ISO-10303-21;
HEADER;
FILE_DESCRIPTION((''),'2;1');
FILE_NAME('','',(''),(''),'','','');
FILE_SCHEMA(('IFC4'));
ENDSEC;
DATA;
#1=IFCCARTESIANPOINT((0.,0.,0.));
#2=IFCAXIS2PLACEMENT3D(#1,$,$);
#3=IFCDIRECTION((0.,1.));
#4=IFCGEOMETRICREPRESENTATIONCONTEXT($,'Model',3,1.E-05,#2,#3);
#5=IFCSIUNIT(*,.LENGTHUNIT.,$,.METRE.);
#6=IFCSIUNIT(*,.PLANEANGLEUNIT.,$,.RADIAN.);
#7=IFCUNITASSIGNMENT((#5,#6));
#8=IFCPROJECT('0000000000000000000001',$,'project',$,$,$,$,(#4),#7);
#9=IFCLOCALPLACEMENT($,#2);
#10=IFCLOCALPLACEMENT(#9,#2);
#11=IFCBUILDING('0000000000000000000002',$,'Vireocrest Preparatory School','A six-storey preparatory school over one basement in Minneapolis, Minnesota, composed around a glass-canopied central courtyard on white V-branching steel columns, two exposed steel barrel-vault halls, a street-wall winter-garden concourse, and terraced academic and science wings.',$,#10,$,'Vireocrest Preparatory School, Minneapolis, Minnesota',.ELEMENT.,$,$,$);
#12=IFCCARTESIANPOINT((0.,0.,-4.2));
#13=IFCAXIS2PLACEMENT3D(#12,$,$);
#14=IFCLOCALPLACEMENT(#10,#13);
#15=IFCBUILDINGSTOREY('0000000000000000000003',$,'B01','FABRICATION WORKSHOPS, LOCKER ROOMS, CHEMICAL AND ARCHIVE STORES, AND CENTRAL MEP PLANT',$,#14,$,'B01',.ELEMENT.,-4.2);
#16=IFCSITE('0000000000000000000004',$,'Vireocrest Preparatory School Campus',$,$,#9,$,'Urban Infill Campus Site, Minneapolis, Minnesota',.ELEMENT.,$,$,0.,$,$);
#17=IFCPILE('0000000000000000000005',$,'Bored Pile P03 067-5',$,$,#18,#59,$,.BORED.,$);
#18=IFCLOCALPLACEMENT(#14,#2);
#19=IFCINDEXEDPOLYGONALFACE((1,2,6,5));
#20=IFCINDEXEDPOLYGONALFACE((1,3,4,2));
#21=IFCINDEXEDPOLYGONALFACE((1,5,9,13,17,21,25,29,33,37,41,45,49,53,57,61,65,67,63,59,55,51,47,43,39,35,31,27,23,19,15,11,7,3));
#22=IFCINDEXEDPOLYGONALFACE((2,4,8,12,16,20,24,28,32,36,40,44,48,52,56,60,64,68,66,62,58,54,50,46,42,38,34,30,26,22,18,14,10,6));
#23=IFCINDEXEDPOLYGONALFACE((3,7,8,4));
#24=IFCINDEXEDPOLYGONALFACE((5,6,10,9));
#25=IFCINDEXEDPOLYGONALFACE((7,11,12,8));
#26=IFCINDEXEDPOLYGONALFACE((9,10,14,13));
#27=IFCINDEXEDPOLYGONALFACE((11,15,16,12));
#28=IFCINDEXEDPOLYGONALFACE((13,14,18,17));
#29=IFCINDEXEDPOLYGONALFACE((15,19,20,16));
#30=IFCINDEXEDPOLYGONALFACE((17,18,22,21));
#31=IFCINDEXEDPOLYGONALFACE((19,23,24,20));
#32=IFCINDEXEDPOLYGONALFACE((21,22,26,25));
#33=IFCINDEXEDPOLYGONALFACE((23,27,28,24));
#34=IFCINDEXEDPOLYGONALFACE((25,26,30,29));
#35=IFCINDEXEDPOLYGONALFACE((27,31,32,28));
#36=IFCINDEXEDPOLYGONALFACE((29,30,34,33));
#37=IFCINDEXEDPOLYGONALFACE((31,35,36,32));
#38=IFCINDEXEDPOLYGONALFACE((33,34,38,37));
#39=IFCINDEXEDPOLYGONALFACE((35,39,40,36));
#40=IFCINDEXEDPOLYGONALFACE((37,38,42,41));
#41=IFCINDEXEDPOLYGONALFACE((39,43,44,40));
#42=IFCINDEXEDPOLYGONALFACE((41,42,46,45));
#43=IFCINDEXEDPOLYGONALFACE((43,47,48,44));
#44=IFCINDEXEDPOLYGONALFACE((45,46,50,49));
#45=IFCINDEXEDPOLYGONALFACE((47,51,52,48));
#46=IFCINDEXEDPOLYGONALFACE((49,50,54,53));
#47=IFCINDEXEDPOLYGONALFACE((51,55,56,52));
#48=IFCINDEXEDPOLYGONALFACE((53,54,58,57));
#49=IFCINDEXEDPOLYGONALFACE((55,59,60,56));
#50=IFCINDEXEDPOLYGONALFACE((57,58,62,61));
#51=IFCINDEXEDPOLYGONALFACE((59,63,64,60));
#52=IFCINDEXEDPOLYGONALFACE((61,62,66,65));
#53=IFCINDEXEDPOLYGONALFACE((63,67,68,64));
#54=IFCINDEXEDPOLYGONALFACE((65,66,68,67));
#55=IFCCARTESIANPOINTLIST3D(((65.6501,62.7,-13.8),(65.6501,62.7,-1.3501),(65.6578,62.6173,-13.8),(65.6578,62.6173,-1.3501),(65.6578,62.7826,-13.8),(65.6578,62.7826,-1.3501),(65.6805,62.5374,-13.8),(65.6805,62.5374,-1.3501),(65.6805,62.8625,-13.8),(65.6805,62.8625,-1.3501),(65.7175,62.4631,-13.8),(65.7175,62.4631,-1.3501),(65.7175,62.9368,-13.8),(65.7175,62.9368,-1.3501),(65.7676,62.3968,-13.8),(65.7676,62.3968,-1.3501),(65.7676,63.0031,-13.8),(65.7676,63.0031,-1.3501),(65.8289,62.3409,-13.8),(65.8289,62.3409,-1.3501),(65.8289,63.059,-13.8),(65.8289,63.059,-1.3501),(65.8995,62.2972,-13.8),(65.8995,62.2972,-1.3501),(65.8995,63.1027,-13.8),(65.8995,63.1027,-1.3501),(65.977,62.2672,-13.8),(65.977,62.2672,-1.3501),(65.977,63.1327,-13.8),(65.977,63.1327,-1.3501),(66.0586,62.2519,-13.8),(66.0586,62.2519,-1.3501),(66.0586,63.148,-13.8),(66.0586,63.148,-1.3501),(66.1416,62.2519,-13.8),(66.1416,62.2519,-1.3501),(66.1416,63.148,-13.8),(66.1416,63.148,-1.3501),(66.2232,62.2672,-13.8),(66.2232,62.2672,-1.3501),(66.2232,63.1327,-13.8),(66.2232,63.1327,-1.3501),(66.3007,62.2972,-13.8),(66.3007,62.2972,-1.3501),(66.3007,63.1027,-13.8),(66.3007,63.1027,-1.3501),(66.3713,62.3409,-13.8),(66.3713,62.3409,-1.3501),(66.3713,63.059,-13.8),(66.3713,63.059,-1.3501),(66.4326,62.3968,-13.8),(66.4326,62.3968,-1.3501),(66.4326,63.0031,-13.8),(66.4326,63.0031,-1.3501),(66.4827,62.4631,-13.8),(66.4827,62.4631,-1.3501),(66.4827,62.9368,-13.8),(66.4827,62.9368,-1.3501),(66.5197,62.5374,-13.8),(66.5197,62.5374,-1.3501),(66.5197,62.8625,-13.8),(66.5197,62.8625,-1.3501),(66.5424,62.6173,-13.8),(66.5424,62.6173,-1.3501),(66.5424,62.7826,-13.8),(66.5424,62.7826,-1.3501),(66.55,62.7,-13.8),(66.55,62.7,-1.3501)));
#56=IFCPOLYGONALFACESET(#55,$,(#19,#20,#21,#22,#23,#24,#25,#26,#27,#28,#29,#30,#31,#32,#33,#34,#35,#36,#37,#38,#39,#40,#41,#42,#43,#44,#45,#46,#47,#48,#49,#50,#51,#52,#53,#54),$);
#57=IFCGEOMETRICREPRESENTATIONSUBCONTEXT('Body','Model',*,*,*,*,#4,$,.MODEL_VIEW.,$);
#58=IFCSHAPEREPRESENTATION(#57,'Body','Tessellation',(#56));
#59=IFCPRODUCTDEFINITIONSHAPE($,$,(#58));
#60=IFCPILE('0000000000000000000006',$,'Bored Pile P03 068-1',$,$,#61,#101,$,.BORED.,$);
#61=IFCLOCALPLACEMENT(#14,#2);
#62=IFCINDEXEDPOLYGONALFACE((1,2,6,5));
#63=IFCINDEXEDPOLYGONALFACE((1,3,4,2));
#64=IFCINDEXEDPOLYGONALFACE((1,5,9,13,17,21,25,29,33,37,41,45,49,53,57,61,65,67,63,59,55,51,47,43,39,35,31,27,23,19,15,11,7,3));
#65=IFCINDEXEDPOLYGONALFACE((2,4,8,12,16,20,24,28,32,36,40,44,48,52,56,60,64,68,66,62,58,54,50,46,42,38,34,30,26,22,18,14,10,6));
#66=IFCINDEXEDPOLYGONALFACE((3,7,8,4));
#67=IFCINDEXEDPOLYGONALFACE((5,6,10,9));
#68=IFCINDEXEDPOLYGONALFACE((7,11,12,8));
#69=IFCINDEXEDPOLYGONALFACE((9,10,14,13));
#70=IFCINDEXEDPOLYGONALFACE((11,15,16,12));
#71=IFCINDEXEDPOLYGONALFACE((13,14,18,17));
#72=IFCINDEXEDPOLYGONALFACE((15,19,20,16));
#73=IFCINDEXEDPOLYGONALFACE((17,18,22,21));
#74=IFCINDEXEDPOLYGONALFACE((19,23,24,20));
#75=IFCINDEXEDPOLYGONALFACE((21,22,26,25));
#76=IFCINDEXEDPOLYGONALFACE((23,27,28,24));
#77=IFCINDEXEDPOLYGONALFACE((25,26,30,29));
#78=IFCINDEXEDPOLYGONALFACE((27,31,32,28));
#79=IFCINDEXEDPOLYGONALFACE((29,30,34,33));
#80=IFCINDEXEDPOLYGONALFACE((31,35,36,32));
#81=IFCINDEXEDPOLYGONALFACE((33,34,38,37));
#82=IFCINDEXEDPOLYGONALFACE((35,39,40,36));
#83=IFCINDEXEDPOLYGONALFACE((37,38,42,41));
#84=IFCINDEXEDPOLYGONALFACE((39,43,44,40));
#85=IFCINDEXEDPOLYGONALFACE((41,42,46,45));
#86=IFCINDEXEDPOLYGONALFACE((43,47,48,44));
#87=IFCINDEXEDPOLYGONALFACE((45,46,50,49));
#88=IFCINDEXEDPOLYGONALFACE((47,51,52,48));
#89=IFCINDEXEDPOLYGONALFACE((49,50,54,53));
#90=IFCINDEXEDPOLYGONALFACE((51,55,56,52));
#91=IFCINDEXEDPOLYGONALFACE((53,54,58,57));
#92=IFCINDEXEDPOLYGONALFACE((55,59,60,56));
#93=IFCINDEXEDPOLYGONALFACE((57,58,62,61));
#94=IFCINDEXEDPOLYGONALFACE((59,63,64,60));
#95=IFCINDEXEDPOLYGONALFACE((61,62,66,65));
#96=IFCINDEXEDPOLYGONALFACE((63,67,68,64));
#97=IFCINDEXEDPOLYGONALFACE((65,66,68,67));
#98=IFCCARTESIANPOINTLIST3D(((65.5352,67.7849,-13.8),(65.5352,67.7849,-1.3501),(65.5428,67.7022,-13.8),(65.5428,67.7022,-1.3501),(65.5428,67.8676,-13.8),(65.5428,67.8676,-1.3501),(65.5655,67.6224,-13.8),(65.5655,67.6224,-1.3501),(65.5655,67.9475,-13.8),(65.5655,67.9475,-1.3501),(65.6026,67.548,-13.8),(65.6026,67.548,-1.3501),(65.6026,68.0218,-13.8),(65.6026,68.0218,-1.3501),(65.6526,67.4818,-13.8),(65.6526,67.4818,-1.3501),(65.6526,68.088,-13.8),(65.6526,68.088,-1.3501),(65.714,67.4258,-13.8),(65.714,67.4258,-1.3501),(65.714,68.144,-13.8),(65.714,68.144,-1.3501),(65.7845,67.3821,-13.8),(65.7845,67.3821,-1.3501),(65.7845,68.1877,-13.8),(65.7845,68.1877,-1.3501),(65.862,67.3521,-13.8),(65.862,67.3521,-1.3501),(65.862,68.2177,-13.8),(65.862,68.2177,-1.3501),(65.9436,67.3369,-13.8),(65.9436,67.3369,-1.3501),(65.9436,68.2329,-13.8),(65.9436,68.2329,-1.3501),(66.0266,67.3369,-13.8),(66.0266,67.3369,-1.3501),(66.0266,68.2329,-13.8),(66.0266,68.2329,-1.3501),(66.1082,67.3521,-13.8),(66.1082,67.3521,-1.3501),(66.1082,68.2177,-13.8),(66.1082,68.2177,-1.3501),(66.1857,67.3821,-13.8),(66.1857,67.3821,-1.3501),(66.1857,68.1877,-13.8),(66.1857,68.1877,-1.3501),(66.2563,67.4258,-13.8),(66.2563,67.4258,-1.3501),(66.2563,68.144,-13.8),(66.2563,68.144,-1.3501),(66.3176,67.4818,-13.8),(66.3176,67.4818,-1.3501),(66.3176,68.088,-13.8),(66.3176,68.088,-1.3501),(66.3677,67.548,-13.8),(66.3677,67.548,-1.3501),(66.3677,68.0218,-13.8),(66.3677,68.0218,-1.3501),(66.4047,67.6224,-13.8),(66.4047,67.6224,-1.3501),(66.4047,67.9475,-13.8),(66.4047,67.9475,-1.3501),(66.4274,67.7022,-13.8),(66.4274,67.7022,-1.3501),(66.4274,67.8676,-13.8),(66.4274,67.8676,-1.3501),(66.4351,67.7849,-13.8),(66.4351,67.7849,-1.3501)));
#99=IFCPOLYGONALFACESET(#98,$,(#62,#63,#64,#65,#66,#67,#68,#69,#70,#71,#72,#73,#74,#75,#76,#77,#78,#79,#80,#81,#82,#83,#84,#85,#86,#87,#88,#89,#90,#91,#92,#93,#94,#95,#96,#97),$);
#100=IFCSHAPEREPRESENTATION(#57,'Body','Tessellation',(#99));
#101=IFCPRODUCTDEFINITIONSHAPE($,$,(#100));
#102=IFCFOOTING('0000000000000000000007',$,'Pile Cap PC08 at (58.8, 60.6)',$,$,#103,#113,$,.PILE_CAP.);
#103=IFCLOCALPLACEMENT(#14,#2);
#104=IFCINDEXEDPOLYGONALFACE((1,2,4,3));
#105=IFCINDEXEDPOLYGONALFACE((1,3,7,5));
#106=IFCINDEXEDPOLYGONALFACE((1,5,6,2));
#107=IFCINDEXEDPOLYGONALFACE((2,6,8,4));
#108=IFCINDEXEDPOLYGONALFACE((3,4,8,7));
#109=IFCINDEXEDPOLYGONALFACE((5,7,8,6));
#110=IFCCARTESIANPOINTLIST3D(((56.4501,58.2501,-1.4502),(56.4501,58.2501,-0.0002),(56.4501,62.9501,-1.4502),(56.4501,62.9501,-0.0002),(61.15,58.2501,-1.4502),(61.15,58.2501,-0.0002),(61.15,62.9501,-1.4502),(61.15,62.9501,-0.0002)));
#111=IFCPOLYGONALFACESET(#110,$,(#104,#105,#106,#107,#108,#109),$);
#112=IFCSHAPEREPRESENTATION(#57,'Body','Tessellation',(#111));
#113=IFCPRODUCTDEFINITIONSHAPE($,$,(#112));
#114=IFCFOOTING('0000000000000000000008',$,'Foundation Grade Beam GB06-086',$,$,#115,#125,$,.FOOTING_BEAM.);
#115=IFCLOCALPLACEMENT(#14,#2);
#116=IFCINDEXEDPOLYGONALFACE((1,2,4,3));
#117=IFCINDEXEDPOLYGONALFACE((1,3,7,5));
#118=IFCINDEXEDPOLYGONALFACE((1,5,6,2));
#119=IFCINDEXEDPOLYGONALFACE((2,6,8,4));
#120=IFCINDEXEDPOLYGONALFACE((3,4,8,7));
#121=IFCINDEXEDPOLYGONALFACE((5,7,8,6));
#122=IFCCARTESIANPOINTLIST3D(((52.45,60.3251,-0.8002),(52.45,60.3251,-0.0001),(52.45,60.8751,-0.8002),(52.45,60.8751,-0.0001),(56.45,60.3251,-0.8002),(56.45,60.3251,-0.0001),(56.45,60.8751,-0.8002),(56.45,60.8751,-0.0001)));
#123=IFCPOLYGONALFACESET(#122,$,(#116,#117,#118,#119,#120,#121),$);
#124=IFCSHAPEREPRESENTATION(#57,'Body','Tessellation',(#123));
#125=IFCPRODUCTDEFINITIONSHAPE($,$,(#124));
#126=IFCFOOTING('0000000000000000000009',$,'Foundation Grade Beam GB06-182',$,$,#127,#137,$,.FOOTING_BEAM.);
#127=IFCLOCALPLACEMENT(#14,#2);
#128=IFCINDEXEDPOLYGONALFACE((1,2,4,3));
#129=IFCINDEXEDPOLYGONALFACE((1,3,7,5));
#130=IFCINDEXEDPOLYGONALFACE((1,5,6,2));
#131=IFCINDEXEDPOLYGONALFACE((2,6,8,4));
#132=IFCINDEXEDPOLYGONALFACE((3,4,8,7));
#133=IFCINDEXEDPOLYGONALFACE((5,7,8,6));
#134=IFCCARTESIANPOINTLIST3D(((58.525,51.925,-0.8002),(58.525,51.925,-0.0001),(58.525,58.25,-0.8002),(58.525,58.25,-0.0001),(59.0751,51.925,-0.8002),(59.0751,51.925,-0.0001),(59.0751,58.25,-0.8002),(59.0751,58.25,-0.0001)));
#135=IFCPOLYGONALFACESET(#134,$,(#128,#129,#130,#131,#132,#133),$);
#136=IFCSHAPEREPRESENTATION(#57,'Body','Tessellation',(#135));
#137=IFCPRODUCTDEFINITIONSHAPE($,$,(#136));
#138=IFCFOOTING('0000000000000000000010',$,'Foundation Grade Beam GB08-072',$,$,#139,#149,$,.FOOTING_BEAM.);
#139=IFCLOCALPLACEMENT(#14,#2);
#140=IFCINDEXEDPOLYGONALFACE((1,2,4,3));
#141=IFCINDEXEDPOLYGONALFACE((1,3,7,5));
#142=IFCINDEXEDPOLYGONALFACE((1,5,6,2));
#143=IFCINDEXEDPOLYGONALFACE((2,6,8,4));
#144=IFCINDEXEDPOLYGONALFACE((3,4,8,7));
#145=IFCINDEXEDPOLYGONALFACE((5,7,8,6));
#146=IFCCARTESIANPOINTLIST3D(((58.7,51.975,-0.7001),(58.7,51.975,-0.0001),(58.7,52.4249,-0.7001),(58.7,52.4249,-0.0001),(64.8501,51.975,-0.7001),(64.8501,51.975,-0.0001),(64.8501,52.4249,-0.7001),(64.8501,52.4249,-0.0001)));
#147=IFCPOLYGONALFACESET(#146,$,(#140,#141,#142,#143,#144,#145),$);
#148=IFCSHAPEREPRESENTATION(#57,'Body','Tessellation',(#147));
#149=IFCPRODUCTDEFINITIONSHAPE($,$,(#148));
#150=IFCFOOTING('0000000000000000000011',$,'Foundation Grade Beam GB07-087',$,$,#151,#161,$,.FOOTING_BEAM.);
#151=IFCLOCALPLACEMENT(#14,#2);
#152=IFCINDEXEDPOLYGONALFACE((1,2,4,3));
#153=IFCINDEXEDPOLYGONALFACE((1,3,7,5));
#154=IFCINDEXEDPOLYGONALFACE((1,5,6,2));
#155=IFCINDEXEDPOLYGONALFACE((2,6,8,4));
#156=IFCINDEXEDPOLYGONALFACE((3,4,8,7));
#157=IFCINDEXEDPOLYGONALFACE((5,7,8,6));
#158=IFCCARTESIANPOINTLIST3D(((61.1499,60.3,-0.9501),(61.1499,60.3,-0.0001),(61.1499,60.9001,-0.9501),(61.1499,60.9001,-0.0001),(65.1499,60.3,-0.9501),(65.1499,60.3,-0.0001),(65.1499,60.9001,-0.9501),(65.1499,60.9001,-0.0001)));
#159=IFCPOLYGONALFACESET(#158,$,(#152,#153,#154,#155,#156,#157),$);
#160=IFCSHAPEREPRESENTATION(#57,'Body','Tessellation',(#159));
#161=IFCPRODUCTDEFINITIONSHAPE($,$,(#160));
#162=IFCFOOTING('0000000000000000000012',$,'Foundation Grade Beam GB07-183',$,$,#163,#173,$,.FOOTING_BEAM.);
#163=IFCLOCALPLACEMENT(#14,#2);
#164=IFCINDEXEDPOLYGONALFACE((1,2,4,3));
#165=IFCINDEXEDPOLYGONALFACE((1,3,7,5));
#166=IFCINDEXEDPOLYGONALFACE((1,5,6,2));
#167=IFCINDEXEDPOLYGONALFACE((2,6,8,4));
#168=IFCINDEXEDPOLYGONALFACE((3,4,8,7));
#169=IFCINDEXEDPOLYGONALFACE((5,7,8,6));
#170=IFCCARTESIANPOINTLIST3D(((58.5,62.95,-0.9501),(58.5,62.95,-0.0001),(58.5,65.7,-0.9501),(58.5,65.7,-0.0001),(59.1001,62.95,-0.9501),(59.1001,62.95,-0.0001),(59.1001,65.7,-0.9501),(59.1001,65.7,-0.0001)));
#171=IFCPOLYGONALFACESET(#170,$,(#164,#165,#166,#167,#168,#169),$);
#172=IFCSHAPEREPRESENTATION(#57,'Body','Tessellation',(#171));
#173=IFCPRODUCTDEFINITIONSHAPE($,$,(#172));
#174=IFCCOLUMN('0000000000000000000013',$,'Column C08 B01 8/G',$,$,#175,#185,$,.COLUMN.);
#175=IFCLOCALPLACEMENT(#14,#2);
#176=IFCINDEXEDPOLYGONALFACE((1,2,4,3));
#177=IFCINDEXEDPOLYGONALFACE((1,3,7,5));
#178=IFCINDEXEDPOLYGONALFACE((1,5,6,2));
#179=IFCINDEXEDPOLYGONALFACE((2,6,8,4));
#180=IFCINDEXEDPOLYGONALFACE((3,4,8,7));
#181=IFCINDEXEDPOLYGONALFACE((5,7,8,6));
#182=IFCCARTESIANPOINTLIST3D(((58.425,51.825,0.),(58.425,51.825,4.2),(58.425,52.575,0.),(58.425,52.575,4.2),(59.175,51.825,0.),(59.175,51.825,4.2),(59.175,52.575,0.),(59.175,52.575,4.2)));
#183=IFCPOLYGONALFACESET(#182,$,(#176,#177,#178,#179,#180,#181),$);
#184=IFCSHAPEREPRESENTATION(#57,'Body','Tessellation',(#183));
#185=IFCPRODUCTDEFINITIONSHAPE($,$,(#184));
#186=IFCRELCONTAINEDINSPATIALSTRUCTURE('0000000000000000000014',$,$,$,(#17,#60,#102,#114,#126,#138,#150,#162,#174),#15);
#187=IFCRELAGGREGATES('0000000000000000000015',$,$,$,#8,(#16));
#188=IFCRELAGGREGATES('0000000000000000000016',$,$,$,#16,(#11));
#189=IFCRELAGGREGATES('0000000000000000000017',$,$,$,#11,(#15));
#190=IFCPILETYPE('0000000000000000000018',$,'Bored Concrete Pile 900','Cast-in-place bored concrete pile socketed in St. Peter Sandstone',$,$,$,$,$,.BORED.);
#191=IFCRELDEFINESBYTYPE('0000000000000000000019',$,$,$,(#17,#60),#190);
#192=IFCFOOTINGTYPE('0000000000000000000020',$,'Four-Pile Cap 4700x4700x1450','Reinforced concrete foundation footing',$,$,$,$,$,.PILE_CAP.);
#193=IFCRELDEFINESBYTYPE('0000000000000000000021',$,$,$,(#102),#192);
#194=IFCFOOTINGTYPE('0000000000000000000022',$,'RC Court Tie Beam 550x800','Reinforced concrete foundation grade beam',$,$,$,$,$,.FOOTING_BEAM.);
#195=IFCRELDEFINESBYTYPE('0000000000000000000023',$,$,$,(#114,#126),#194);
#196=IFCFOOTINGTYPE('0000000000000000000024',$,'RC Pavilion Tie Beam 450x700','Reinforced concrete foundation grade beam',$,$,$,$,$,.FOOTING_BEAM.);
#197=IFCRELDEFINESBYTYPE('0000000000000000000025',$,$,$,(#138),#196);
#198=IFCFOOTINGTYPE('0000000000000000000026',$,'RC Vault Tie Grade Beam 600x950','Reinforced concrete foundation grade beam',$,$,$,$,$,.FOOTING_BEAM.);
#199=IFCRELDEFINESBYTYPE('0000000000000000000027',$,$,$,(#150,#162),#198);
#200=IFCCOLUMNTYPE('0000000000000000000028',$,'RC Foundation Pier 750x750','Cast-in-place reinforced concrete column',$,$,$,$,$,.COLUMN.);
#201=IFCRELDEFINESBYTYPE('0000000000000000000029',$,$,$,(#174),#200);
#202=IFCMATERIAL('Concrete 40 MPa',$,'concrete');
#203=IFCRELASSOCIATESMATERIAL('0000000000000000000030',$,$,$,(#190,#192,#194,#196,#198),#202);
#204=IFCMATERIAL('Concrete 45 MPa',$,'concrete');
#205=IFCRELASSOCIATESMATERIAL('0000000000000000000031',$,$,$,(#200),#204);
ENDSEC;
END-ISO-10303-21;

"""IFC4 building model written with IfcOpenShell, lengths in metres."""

from ifc_helpers import new_model, si_unit, direction, frame, origin, origin_2d, place, context, subcontext, project, spatial, rectangle, circle, extrude, material, material_profile, profile_set, type_object, element, save


model = new_model("IFC4")

# Units and contexts
model_context = context("Model", 3, precision=1e-05, world=origin(), true_north=direction((0.0, 1.0)))
body_context = subcontext(model_context, "Body", "Model", "MODEL_VIEW")
ifc_project = project(units=[si_unit("LENGTHUNIT", "METRE"), si_unit("PLANEANGLEUNIT", "RADIAN")], contexts=[model_context])

# Site, building, storey
site_placement = place(None, origin())
site = spatial("IfcSite", under=ifc_project, at=site_placement, Name="Vireocrest Preparatory School Campus", LongName="Urban Infill Campus Site, Minneapolis, Minnesota", CompositionType="ELEMENT", RefElevation=0.0)
building_placement = place(site_placement, origin())
building = spatial("IfcBuilding", under=site, at=building_placement, Name="Vireocrest Preparatory School", Description="A six-storey preparatory school over one basement in Minneapolis, Minnesota, composed around a glass-canopied central courtyard on white V-branching steel columns, two exposed steel barrel-vault halls, a street-wall winter-garden concourse, and terraced academic and science wings.", LongName="Vireocrest Preparatory School, Minneapolis, Minnesota", CompositionType="ELEMENT")
storey_placement = place(building_placement, frame((0.0, 0.0, -4.2)))
storey = spatial("IfcBuildingStorey", under=building, at=storey_placement, Name="B01", Description="FABRICATION WORKSHOPS, LOCKER ROOMS, CHEMICAL AND ARCHIVE STORES, AND CENTRAL MEP PLANT", LongName="B01", CompositionType="ELEMENT", Elevation=-4.2)

# Piles
ifc_material_1 = material(Name="Concrete 40 MPa", Category="concrete")
ifc_material_profile_1 = material_profile(ifc_material_1, circle(Radius=0.45, at=origin_2d()), Name="BORED PILE 900")
ifc_profile_set_1 = profile_set([ifc_material_profile_1], Name="Concrete 40 MPa")
pile_type_1 = type_object("IfcPileType", Name="Bored Concrete Pile 900", Description="Cast-in-place bored concrete pile socketed in St. Peter Sandstone", PredefinedType="BORED", material=ifc_profile_set_1)
for number, where, z_axis, x_axis, name in (
    (1, (66.1001, 62.7, -1.3501), (0.0, 0.0, -1.0), (1.0, 0.0, 0.0), "Bored Pile P03 067-5"),
    (2, (65.9851, 67.7849, -1.3501), (0.0, 0.0, -1.0), (1.0, 0.0, 0.0), "Bored Pile P03 068-1"),
):
    element("IfcPile", number, at=place(storey_placement, frame(where, z_axis=z_axis, x_axis=x_axis)), inside=storey, type_object=pile_type_1, Name=name, PredefinedType="BORED", context=body_context, shape_type="SweptSolid", body=[
        extrude(circle(Radius=0.45, at=origin_2d()), origin(), (0.0, 0.0, 1.0), 12.45),
    ])

# Footings
footing_type_1 = type_object("IfcFootingType", Name="Four-Pile Cap 4700x4700x1450", Description="Reinforced concrete foundation footing", PredefinedType="PILE_CAP", material=ifc_material_1)
footing_1_placement = place(storey_placement, frame((58.8, 60.6001, -1.4502), z_axis=(0.0, 0.0, 1.0), x_axis=(1.0, 0.0, 0.0)))
element("IfcFooting", 3, at=footing_1_placement, inside=storey, type_object=footing_type_1, Name="Pile Cap PC08 at (58.8, 60.6)", PredefinedType="PILE_CAP", context=body_context, shape_type="SweptSolid", body=[
    extrude(rectangle(XDim=4.7, YDim=4.7, at=origin_2d()), origin(), (0.0, 0.0, 1.0), 1.45),
])
ifc_material_profile_2 = material_profile(ifc_material_1, rectangle(XDim=0.55, YDim=0.8, at=origin_2d()), Name="GB 550x800")
ifc_profile_set_2 = profile_set([ifc_material_profile_2], Name="Concrete 40 MPa")
footing_type_2 = type_object("IfcFootingType", Name="RC Court Tie Beam 550x800", Description="Reinforced concrete foundation grade beam", PredefinedType="FOOTING_BEAM", material=ifc_profile_set_2)
footing_2_placement = place(storey_placement, frame((52.45, 60.6001, -0.4001), z_axis=(1.0, 0.0, 0.0), x_axis=(0.0, 1.0, 0.0)))
element("IfcFooting", 4, at=footing_2_placement, inside=storey, type_object=footing_type_2, Name="Foundation Grade Beam GB06-086", PredefinedType="FOOTING_BEAM", context=body_context, shape_type="SweptSolid", body=[
    extrude(rectangle(XDim=0.55, YDim=0.8, at=origin_2d()), origin(), (0.0, 0.0, 1.0), 4.0),
])
footing_3_placement = place(storey_placement, frame((58.8, 51.925, -0.4001), z_axis=(0.0, 1.0, 0.0), x_axis=(-1.0, 0.0, 0.0)))
element("IfcFooting", 5, at=footing_3_placement, inside=storey, type_object=footing_type_2, Name="Foundation Grade Beam GB06-182", PredefinedType="FOOTING_BEAM", context=body_context, shape_type="SweptSolid", body=[
    extrude(rectangle(XDim=0.55, YDim=0.8, at=origin_2d()), origin(), (0.0, 0.0, 1.0), 6.325),
])
ifc_material_profile_3 = material_profile(ifc_material_1, rectangle(XDim=0.45, YDim=0.7, at=origin_2d()), Name="GB 450x700")
ifc_profile_set_3 = profile_set([ifc_material_profile_3], Name="Concrete 40 MPa")
footing_type_3 = type_object("IfcFootingType", Name="RC Pavilion Tie Beam 450x700", Description="Reinforced concrete foundation grade beam", PredefinedType="FOOTING_BEAM", material=ifc_profile_set_3)
footing_4_placement = place(storey_placement, frame((58.7, 52.2, -0.3501), z_axis=(1.0, 0.0, 0.0), x_axis=(0.0, 1.0, 0.0)))
element("IfcFooting", 6, at=footing_4_placement, inside=storey, type_object=footing_type_3, Name="Foundation Grade Beam GB08-072", PredefinedType="FOOTING_BEAM", context=body_context, shape_type="SweptSolid", body=[
    extrude(rectangle(XDim=0.45, YDim=0.7, at=origin_2d()), origin(), (0.0, 0.0, 1.0), 6.1501),
])
ifc_material_profile_4 = material_profile(ifc_material_1, rectangle(XDim=0.6001, YDim=0.95, at=origin_2d()), Name="GB 600x950")
ifc_profile_set_4 = profile_set([ifc_material_profile_4], Name="Concrete 40 MPa")
footing_type_4 = type_object("IfcFootingType", Name="RC Vault Tie Grade Beam 600x950", Description="Reinforced concrete foundation grade beam", PredefinedType="FOOTING_BEAM", material=ifc_profile_set_4)
footing_5_placement = place(storey_placement, frame((61.1499, 60.6001, -0.4751), z_axis=(1.0, 0.0, 0.0), x_axis=(0.0, 1.0, 0.0)))
element("IfcFooting", 7, at=footing_5_placement, inside=storey, type_object=footing_type_4, Name="Foundation Grade Beam GB07-087", PredefinedType="FOOTING_BEAM", context=body_context, shape_type="SweptSolid", body=[
    extrude(rectangle(XDim=0.6001, YDim=0.95, at=origin_2d()), origin(), (0.0, 0.0, 1.0), 4.0),
])
footing_6_placement = place(storey_placement, frame((58.8, 62.95, -0.4751), z_axis=(0.0, 1.0, 0.0), x_axis=(-1.0, 0.0, 0.0)))
element("IfcFooting", 8, at=footing_6_placement, inside=storey, type_object=footing_type_4, Name="Foundation Grade Beam GB07-183", PredefinedType="FOOTING_BEAM", context=body_context, shape_type="SweptSolid", body=[
    extrude(rectangle(XDim=0.6001, YDim=0.95, at=origin_2d()), origin(), (0.0, 0.0, 1.0), 2.75),
])

# Column
ifc_material_2 = material(Name="Concrete 45 MPa", Category="concrete")
ifc_material_profile_5 = material_profile(ifc_material_2, rectangle(XDim=0.75, YDim=0.75, at=origin_2d()), Name="RC 750x750")
ifc_profile_set_5 = profile_set([ifc_material_profile_5], Name="Concrete 45 MPa")
column_type = type_object("IfcColumnType", Name="RC Foundation Pier 750x750", Description="Cast-in-place reinforced concrete column", PredefinedType="COLUMN", material=ifc_profile_set_5)
for number, where, z_axis, x_axis, name in (
    (9, (58.8, 52.2, 0.0), (0.0, 0.0, 1.0), (1.0, 0.0, 0.0), "Column C08 B01 8/G"),
):
    element("IfcColumn", number, at=place(storey_placement, frame(where, z_axis=z_axis, x_axis=x_axis)), inside=storey, type_object=column_type, Name=name, PredefinedType="COLUMN", context=body_context, shape_type="SweptSolid", body=[
        extrude(rectangle(XDim=0.75, YDim=0.75, at=origin_2d()), origin(), (0.0, 0.0, 1.0), 4.2),
    ])

save(model, "model.ifc")
